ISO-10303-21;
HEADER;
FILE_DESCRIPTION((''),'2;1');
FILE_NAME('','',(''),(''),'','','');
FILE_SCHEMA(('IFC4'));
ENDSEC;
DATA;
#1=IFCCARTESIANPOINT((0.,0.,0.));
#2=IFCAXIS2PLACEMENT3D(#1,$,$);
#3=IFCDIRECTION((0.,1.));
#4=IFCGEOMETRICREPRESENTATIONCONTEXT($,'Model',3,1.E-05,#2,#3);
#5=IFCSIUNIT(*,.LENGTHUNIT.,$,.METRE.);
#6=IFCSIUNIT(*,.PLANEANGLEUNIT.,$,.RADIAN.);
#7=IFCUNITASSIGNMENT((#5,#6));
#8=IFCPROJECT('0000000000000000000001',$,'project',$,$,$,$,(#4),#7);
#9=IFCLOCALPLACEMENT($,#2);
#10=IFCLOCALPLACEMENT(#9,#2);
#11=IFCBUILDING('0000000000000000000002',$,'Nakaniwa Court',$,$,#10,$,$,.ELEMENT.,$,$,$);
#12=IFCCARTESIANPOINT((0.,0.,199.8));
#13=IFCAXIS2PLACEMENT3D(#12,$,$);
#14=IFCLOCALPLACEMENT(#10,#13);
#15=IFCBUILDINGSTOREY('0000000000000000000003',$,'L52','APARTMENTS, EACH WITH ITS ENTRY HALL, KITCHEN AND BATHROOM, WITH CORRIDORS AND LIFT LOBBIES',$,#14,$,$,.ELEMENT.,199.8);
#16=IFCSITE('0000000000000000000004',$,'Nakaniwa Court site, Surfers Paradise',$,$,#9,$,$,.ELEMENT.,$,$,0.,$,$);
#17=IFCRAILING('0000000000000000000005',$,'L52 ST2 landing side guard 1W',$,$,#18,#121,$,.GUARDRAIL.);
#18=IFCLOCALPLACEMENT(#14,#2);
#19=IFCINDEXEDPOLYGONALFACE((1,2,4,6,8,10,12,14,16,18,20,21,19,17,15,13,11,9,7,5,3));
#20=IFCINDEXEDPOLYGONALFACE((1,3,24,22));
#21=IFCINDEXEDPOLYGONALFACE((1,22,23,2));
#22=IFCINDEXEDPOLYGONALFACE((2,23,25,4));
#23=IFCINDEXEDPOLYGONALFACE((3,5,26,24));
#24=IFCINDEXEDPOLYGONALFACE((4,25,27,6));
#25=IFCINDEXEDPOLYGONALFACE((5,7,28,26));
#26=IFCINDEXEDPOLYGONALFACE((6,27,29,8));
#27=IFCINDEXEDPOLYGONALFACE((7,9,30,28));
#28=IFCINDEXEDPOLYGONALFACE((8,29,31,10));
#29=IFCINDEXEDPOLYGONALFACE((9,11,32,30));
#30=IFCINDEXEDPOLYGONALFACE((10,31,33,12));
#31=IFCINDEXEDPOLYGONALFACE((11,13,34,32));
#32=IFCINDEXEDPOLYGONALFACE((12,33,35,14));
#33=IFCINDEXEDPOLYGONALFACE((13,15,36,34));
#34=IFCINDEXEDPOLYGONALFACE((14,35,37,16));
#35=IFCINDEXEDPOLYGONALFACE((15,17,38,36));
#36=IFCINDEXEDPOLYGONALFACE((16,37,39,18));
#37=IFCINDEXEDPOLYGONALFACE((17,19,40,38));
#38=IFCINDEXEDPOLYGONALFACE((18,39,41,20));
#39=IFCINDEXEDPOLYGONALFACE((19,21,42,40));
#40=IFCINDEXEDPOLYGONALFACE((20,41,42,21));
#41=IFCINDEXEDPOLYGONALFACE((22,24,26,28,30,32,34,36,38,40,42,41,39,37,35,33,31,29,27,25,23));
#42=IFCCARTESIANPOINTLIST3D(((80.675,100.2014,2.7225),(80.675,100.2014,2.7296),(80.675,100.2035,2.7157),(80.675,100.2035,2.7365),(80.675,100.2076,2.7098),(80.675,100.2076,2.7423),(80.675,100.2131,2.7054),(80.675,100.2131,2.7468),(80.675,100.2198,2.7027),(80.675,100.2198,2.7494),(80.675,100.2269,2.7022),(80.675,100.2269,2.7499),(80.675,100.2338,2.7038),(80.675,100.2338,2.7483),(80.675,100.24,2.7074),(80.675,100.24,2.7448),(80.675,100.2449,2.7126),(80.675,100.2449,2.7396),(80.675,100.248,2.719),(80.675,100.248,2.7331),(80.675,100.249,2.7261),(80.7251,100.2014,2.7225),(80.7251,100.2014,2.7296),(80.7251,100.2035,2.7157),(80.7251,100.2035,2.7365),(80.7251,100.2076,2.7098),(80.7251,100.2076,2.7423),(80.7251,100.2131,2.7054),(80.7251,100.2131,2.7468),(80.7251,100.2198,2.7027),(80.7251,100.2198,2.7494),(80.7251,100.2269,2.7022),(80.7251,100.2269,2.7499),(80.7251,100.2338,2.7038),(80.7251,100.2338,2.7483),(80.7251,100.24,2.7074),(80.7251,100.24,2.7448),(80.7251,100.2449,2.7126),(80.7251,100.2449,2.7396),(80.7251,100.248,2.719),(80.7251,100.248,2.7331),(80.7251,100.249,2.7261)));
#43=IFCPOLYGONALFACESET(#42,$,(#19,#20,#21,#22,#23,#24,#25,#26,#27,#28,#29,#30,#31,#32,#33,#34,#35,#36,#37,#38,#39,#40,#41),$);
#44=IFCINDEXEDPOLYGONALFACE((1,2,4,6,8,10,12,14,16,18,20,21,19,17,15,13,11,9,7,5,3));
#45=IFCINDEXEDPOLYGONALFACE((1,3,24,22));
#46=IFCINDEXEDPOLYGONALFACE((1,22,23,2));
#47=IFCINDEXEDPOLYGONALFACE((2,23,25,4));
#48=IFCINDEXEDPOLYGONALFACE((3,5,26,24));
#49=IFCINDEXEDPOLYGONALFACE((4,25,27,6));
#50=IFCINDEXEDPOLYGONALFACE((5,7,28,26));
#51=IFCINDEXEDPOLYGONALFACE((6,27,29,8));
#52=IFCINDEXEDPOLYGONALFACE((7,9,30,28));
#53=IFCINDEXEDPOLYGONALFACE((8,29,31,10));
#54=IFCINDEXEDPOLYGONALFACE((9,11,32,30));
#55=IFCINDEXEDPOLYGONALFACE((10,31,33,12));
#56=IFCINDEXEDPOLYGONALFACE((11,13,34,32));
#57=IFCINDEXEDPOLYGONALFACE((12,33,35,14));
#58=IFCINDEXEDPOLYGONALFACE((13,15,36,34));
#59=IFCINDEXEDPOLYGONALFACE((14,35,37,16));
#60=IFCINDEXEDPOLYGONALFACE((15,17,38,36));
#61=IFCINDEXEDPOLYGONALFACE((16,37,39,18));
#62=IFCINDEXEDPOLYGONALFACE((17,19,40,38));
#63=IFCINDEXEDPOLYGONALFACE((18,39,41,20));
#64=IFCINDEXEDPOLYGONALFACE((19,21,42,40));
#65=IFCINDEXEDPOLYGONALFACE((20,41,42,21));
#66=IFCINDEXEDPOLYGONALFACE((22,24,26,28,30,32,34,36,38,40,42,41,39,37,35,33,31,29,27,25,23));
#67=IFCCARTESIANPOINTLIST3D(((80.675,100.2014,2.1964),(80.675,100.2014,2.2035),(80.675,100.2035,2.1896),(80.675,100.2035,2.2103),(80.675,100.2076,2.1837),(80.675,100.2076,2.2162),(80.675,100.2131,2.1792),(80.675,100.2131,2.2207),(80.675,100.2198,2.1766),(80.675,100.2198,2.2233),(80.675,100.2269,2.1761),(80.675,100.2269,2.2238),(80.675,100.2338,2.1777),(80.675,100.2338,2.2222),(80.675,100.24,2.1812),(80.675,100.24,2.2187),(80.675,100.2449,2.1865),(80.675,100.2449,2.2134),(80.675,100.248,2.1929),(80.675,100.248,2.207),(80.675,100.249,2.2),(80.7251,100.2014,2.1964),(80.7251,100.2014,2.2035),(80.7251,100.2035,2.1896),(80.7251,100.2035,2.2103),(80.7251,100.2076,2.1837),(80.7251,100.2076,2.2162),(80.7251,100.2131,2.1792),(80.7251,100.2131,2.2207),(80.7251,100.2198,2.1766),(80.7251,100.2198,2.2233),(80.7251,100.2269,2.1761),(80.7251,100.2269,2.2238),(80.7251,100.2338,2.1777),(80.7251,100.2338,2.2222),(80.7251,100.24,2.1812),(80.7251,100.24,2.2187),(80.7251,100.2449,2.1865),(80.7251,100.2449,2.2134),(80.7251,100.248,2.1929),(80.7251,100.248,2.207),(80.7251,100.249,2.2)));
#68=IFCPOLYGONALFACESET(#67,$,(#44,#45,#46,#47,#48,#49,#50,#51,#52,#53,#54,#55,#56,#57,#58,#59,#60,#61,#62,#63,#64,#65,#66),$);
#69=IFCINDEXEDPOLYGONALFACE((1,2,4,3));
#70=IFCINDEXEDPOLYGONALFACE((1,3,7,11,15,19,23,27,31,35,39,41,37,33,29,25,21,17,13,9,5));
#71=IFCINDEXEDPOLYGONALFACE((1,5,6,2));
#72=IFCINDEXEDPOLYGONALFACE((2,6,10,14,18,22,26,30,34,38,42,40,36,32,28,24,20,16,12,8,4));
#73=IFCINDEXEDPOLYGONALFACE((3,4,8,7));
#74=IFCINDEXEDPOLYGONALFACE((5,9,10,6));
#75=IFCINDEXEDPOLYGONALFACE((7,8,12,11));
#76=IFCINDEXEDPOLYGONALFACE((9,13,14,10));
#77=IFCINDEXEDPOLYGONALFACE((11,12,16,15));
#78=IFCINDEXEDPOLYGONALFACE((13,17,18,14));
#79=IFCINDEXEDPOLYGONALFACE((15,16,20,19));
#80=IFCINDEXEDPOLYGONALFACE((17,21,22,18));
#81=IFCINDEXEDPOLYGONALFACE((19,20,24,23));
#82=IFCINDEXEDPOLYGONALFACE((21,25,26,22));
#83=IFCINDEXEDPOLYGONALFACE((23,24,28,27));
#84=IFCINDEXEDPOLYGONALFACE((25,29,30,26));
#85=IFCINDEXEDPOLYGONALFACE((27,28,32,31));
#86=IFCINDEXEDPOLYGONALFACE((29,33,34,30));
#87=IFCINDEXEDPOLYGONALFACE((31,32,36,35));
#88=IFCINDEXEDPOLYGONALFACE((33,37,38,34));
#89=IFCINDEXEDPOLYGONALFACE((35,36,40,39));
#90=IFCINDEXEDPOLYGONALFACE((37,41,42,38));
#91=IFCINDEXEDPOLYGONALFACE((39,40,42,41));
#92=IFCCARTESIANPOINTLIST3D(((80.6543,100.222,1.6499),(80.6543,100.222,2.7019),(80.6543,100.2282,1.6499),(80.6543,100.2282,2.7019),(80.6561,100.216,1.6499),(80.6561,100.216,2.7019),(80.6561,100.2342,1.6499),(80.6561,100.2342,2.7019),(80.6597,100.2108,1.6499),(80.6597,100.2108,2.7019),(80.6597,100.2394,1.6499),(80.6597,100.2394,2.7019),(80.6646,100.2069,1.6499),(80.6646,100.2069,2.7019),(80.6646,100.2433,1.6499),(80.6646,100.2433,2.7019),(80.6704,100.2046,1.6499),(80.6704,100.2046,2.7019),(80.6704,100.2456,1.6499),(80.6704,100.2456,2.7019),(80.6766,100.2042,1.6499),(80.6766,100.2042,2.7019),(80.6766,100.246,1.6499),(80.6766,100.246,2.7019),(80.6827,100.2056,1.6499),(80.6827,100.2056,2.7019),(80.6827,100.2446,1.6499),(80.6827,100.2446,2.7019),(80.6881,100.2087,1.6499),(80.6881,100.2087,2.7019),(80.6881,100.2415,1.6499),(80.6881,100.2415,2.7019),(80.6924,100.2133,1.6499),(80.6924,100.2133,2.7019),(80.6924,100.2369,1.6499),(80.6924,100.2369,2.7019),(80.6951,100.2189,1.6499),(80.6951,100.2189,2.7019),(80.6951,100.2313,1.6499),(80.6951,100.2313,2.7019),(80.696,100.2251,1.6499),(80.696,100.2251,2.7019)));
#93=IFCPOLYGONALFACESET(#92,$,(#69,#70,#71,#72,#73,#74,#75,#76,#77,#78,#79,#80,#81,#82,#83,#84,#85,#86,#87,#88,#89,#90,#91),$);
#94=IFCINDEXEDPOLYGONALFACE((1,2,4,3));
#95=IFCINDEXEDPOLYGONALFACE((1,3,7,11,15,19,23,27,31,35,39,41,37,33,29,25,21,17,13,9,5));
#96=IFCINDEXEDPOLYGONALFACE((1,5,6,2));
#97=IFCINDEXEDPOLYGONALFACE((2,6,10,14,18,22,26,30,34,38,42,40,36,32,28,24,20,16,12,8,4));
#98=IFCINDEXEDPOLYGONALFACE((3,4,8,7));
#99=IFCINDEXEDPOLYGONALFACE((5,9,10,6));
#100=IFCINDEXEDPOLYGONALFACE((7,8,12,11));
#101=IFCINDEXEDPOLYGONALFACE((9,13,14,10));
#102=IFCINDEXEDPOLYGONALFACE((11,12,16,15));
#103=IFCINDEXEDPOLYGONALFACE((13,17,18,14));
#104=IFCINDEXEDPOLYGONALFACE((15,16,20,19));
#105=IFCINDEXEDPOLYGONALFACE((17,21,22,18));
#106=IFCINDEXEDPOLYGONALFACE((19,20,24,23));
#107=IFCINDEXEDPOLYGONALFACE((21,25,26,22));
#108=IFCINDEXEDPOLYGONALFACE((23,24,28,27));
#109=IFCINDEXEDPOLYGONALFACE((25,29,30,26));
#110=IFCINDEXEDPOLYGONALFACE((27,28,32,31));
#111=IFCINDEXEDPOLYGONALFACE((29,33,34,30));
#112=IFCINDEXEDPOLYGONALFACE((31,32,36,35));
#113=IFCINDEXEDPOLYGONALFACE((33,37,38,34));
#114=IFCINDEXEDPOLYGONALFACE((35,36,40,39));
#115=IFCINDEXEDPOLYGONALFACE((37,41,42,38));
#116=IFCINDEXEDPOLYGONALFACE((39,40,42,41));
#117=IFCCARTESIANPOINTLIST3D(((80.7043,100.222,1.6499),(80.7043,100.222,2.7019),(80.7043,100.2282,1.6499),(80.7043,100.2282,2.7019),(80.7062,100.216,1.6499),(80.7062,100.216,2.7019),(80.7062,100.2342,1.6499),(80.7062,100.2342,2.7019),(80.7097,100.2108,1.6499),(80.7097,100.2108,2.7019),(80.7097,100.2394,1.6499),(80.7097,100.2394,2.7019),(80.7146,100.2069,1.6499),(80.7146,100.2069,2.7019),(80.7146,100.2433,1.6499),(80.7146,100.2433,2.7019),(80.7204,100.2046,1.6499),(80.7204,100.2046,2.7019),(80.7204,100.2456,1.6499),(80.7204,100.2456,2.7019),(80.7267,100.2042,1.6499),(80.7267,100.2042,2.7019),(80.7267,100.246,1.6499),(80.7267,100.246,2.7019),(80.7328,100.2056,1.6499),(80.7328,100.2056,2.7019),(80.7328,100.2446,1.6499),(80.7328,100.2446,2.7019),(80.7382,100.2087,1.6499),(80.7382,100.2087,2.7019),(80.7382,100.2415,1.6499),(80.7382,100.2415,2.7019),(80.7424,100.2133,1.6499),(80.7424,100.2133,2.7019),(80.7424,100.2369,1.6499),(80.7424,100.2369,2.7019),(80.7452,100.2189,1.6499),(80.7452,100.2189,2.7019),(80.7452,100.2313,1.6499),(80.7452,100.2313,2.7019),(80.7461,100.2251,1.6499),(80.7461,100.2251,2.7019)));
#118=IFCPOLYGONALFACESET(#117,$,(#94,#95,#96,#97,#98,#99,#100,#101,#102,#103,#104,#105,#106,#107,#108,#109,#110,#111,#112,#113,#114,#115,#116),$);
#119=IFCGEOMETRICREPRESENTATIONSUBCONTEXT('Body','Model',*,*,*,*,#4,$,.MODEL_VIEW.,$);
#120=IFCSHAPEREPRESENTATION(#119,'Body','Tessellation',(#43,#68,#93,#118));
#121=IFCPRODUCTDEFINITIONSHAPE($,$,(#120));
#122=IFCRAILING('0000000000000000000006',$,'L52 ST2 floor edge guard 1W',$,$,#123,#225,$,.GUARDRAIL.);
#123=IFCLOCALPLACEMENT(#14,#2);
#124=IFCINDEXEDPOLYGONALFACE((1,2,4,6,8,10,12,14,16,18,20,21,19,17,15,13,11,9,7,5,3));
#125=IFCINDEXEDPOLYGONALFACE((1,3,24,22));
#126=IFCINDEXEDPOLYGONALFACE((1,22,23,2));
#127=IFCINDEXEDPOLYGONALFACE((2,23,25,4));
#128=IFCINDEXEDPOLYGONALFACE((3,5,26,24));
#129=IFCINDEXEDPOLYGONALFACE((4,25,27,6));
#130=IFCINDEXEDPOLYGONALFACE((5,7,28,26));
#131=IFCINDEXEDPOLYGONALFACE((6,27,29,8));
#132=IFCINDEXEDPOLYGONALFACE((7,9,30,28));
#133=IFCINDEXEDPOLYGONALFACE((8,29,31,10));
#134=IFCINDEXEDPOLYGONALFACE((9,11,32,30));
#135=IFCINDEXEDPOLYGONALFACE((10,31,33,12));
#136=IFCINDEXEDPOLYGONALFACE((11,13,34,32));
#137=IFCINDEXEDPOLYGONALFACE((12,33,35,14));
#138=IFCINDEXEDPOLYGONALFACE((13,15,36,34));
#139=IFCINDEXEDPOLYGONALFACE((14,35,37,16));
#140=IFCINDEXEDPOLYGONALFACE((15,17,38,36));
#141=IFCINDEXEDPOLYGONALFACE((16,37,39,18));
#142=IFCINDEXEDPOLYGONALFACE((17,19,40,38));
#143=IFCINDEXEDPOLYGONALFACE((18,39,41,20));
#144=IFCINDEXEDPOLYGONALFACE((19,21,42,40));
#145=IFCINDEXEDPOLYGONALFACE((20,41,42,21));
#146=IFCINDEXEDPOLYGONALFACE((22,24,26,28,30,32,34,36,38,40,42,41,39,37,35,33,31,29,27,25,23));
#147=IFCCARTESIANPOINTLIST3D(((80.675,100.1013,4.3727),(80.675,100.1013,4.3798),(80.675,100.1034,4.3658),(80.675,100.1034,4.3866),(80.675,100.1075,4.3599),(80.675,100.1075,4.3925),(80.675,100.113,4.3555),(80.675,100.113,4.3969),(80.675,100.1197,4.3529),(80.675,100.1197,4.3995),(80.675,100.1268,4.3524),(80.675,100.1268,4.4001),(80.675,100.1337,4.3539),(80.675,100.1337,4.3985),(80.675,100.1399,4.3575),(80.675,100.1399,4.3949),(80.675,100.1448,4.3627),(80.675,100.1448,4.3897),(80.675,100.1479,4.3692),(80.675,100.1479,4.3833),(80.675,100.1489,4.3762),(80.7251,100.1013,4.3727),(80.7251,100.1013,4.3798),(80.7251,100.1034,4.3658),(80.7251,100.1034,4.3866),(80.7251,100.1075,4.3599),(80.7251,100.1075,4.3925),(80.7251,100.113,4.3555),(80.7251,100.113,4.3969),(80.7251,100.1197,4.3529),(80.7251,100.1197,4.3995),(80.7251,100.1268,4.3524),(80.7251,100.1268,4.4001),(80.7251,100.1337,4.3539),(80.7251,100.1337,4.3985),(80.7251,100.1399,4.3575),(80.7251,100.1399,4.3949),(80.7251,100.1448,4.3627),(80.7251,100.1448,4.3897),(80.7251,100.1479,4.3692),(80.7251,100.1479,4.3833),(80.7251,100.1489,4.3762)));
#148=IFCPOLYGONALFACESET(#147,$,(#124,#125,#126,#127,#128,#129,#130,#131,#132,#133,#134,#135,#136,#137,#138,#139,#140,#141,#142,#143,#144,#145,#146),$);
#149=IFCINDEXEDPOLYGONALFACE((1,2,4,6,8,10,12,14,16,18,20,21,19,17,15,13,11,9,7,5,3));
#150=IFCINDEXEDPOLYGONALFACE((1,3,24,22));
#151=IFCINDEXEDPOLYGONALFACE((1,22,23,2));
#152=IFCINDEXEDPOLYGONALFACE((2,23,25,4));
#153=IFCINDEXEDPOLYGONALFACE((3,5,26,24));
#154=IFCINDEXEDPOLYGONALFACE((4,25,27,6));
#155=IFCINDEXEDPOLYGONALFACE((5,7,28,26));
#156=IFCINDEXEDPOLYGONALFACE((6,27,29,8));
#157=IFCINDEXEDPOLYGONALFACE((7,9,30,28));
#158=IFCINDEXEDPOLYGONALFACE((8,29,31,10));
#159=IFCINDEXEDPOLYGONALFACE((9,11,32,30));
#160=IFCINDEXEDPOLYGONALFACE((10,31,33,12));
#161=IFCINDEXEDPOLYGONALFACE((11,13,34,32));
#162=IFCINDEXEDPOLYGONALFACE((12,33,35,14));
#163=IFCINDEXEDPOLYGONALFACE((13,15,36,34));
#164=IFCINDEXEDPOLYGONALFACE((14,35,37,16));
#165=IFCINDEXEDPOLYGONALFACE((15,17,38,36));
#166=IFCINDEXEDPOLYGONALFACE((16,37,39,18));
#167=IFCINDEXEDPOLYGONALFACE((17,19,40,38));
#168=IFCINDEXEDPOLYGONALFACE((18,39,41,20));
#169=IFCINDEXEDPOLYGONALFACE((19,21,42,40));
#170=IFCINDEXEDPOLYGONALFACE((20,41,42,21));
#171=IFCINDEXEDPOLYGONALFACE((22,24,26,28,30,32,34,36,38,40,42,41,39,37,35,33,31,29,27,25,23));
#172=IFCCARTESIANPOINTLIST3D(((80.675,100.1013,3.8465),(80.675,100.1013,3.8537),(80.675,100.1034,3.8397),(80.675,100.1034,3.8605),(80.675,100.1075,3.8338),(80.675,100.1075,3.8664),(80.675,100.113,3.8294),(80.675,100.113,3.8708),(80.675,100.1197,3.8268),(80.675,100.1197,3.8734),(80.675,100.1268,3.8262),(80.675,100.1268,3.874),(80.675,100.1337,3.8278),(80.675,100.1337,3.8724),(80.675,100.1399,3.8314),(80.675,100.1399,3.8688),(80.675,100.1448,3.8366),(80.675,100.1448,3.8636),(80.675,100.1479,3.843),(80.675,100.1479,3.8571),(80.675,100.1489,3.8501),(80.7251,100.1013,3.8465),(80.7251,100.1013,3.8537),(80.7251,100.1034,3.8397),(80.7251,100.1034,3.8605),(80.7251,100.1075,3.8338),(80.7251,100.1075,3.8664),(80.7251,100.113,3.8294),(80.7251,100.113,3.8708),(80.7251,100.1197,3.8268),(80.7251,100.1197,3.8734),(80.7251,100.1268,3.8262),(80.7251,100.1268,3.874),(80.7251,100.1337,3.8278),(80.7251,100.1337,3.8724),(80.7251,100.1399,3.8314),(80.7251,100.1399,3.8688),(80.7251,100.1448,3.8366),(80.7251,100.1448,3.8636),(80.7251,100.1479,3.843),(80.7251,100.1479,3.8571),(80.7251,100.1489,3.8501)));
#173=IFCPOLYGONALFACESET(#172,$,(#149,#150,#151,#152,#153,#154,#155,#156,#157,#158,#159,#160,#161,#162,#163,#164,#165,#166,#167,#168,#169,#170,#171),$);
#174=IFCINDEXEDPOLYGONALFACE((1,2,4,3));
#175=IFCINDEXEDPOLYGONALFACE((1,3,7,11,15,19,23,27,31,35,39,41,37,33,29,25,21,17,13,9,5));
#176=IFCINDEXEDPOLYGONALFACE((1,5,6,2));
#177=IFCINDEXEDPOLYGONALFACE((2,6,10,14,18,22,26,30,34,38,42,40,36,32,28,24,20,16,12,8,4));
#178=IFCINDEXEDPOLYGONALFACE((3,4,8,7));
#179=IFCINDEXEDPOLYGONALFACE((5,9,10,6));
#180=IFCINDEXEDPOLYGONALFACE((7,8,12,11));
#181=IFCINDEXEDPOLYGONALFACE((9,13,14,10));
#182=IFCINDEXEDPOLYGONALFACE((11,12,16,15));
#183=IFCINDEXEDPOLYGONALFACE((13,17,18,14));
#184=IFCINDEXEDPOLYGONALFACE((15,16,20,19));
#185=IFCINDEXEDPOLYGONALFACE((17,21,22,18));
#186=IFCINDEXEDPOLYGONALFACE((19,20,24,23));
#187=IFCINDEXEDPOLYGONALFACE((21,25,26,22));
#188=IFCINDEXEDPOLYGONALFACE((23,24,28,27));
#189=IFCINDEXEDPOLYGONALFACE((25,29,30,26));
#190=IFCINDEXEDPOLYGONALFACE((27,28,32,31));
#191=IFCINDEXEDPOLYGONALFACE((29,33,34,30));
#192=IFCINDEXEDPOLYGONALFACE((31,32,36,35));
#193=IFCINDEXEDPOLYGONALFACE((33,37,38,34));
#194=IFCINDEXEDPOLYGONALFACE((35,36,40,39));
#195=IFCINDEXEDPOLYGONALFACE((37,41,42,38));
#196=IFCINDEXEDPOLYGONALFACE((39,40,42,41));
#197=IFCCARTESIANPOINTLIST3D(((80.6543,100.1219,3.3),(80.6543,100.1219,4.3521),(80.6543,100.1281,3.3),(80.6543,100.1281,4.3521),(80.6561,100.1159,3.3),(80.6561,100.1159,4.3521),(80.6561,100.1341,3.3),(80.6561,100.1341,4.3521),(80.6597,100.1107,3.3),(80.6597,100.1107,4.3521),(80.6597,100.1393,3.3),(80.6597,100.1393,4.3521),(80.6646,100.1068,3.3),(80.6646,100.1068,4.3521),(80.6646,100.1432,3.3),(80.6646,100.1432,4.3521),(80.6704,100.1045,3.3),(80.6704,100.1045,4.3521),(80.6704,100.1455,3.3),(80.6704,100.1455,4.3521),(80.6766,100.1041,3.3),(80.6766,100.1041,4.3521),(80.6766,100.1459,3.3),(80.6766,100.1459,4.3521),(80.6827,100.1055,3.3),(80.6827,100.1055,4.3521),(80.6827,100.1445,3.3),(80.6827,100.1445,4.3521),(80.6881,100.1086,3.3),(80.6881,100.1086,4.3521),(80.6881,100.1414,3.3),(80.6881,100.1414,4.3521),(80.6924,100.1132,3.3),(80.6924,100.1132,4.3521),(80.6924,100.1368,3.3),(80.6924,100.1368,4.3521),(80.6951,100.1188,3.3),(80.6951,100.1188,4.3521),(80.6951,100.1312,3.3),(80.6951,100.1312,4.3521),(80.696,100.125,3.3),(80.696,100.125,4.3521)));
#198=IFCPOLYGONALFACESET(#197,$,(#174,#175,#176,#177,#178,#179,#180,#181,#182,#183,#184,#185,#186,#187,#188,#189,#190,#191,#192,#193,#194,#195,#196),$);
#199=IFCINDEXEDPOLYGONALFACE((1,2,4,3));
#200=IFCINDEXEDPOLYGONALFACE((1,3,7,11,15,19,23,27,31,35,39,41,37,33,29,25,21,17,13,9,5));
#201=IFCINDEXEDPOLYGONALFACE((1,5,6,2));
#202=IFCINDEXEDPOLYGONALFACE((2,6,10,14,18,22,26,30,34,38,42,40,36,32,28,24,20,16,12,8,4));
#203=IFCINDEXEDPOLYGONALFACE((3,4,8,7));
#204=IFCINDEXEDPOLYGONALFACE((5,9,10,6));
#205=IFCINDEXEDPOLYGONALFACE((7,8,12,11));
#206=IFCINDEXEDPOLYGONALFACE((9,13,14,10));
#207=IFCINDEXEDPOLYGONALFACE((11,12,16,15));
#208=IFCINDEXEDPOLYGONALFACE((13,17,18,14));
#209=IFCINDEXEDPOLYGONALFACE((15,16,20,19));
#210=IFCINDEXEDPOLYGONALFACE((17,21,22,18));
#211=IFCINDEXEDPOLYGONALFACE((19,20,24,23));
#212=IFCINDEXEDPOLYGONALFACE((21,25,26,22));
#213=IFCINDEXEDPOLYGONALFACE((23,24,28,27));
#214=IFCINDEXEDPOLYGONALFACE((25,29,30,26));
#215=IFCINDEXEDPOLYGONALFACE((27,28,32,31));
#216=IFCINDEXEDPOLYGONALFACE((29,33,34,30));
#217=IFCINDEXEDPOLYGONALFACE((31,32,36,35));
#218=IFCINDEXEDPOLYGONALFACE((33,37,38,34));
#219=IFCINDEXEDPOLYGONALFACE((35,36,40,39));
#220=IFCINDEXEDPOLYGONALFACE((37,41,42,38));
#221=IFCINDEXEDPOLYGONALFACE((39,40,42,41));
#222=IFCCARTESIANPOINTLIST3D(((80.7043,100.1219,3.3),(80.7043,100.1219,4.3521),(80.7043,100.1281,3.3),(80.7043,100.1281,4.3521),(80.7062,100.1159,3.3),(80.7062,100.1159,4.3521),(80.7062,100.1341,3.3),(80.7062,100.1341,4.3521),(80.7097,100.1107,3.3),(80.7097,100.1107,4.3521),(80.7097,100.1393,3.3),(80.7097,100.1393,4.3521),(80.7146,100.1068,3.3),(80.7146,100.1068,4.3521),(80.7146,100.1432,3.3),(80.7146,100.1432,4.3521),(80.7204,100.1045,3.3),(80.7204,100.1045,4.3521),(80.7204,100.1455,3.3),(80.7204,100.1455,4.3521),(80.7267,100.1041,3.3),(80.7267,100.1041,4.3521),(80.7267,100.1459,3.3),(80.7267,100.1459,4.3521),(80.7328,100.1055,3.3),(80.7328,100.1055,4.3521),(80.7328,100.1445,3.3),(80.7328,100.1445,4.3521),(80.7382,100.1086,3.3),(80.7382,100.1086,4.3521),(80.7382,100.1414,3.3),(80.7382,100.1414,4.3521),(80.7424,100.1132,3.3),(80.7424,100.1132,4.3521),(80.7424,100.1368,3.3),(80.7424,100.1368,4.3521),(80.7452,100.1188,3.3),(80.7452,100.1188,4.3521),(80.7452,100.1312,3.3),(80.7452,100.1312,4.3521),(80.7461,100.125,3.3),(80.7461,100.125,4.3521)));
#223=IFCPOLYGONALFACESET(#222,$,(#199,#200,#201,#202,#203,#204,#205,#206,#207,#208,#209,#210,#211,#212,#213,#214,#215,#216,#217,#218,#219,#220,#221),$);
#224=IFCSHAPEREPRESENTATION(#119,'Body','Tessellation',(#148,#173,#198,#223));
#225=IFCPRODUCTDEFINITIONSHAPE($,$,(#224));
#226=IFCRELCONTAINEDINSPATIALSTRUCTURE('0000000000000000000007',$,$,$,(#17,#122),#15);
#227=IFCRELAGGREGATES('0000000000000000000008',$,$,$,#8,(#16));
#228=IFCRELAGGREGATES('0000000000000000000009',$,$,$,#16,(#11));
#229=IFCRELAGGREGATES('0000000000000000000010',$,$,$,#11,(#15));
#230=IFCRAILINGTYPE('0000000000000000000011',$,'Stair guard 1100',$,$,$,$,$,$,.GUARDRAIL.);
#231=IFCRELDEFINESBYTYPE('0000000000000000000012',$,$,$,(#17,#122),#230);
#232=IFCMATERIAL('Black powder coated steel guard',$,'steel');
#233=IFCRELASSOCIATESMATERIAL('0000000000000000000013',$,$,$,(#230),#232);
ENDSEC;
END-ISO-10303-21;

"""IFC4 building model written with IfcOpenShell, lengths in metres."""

from ifc_helpers import new_model, si_unit, direction, frame, origin, origin_2d, place, context, subcontext, project, spatial, circle, extrude, material, type_object, element, save


model = new_model("IFC4")

# Units and contexts
model_context = context("Model", 3, precision=1e-05, world=origin(), true_north=direction((0.0, 1.0)))
body_context = subcontext(model_context, "Body", "Model", "MODEL_VIEW")
ifc_project = project(units=[si_unit("LENGTHUNIT", "METRE"), si_unit("PLANEANGLEUNIT", "RADIAN")], contexts=[model_context])

# Site, building, storey
site_placement = place(None, origin())
site = spatial("IfcSite", under=ifc_project, at=site_placement, Name="Nakaniwa Court site, Surfers Paradise", CompositionType="ELEMENT", RefElevation=0.0)
building_placement = place(site_placement, origin())
building = spatial("IfcBuilding", under=site, at=building_placement, Name="Nakaniwa Court", CompositionType="ELEMENT")
storey_placement = place(building_placement, frame((0.0, 0.0, 199.8)))
storey = spatial("IfcBuildingStorey", under=building, at=storey_placement, Name="L52", Description="APARTMENTS, EACH WITH ITS ENTRY HALL, KITCHEN AND BATHROOM, WITH CORRIDORS AND LIFT LOBBIES", CompositionType="ELEMENT", Elevation=199.8)

# Railings
ifc_material_1 = material(Name="Black powder coated steel guard", Category="steel")
railing_type_1 = type_object("IfcRailingType", Name="Stair guard 1100", PredefinedType="GUARDRAIL", material=ifc_material_1)
for number, where, name in (
    (1, (80.675, 100.2251, 1.6499), "L52 ST2 landing side guard 1W"),
    (2, (80.675, 100.125, 3.3), "L52 ST2 floor edge guard 1W"),
):
    element("IfcRailing", number, at=place(storey_placement, frame(where)), inside=storey, type_object=railing_type_1, Name=name, PredefinedType="GUARDRAIL", context=body_context, shape_type="SweptSolid", body=[
        extrude(circle(Radius=0.0239, at=origin_2d()), frame((0.0, 0.0, 1.0762), z_axis=(1.0, 0.0, 0.0), x_axis=(0.0, 1.0, 0.0)), (0.0, 0.0, 1.0), 0.05),
        extrude(circle(Radius=0.0239, at=origin_2d()), frame((0.0, 0.0, 0.55), z_axis=(1.0, 0.0, 0.0), x_axis=(0.0, 1.0, 0.0)), (0.0, 0.0, 1.0), 0.05),
        extrude(circle(Radius=0.021, at=origin_2d()), origin(), (0.0, 0.0, 1.0), 1.052),
        extrude(circle(Radius=0.021, at=origin_2d()), frame((0.05, 0.0, 0.0)), (0.0, 0.0, 1.0), 1.052),
    ])

save(model, "model.ifc")
